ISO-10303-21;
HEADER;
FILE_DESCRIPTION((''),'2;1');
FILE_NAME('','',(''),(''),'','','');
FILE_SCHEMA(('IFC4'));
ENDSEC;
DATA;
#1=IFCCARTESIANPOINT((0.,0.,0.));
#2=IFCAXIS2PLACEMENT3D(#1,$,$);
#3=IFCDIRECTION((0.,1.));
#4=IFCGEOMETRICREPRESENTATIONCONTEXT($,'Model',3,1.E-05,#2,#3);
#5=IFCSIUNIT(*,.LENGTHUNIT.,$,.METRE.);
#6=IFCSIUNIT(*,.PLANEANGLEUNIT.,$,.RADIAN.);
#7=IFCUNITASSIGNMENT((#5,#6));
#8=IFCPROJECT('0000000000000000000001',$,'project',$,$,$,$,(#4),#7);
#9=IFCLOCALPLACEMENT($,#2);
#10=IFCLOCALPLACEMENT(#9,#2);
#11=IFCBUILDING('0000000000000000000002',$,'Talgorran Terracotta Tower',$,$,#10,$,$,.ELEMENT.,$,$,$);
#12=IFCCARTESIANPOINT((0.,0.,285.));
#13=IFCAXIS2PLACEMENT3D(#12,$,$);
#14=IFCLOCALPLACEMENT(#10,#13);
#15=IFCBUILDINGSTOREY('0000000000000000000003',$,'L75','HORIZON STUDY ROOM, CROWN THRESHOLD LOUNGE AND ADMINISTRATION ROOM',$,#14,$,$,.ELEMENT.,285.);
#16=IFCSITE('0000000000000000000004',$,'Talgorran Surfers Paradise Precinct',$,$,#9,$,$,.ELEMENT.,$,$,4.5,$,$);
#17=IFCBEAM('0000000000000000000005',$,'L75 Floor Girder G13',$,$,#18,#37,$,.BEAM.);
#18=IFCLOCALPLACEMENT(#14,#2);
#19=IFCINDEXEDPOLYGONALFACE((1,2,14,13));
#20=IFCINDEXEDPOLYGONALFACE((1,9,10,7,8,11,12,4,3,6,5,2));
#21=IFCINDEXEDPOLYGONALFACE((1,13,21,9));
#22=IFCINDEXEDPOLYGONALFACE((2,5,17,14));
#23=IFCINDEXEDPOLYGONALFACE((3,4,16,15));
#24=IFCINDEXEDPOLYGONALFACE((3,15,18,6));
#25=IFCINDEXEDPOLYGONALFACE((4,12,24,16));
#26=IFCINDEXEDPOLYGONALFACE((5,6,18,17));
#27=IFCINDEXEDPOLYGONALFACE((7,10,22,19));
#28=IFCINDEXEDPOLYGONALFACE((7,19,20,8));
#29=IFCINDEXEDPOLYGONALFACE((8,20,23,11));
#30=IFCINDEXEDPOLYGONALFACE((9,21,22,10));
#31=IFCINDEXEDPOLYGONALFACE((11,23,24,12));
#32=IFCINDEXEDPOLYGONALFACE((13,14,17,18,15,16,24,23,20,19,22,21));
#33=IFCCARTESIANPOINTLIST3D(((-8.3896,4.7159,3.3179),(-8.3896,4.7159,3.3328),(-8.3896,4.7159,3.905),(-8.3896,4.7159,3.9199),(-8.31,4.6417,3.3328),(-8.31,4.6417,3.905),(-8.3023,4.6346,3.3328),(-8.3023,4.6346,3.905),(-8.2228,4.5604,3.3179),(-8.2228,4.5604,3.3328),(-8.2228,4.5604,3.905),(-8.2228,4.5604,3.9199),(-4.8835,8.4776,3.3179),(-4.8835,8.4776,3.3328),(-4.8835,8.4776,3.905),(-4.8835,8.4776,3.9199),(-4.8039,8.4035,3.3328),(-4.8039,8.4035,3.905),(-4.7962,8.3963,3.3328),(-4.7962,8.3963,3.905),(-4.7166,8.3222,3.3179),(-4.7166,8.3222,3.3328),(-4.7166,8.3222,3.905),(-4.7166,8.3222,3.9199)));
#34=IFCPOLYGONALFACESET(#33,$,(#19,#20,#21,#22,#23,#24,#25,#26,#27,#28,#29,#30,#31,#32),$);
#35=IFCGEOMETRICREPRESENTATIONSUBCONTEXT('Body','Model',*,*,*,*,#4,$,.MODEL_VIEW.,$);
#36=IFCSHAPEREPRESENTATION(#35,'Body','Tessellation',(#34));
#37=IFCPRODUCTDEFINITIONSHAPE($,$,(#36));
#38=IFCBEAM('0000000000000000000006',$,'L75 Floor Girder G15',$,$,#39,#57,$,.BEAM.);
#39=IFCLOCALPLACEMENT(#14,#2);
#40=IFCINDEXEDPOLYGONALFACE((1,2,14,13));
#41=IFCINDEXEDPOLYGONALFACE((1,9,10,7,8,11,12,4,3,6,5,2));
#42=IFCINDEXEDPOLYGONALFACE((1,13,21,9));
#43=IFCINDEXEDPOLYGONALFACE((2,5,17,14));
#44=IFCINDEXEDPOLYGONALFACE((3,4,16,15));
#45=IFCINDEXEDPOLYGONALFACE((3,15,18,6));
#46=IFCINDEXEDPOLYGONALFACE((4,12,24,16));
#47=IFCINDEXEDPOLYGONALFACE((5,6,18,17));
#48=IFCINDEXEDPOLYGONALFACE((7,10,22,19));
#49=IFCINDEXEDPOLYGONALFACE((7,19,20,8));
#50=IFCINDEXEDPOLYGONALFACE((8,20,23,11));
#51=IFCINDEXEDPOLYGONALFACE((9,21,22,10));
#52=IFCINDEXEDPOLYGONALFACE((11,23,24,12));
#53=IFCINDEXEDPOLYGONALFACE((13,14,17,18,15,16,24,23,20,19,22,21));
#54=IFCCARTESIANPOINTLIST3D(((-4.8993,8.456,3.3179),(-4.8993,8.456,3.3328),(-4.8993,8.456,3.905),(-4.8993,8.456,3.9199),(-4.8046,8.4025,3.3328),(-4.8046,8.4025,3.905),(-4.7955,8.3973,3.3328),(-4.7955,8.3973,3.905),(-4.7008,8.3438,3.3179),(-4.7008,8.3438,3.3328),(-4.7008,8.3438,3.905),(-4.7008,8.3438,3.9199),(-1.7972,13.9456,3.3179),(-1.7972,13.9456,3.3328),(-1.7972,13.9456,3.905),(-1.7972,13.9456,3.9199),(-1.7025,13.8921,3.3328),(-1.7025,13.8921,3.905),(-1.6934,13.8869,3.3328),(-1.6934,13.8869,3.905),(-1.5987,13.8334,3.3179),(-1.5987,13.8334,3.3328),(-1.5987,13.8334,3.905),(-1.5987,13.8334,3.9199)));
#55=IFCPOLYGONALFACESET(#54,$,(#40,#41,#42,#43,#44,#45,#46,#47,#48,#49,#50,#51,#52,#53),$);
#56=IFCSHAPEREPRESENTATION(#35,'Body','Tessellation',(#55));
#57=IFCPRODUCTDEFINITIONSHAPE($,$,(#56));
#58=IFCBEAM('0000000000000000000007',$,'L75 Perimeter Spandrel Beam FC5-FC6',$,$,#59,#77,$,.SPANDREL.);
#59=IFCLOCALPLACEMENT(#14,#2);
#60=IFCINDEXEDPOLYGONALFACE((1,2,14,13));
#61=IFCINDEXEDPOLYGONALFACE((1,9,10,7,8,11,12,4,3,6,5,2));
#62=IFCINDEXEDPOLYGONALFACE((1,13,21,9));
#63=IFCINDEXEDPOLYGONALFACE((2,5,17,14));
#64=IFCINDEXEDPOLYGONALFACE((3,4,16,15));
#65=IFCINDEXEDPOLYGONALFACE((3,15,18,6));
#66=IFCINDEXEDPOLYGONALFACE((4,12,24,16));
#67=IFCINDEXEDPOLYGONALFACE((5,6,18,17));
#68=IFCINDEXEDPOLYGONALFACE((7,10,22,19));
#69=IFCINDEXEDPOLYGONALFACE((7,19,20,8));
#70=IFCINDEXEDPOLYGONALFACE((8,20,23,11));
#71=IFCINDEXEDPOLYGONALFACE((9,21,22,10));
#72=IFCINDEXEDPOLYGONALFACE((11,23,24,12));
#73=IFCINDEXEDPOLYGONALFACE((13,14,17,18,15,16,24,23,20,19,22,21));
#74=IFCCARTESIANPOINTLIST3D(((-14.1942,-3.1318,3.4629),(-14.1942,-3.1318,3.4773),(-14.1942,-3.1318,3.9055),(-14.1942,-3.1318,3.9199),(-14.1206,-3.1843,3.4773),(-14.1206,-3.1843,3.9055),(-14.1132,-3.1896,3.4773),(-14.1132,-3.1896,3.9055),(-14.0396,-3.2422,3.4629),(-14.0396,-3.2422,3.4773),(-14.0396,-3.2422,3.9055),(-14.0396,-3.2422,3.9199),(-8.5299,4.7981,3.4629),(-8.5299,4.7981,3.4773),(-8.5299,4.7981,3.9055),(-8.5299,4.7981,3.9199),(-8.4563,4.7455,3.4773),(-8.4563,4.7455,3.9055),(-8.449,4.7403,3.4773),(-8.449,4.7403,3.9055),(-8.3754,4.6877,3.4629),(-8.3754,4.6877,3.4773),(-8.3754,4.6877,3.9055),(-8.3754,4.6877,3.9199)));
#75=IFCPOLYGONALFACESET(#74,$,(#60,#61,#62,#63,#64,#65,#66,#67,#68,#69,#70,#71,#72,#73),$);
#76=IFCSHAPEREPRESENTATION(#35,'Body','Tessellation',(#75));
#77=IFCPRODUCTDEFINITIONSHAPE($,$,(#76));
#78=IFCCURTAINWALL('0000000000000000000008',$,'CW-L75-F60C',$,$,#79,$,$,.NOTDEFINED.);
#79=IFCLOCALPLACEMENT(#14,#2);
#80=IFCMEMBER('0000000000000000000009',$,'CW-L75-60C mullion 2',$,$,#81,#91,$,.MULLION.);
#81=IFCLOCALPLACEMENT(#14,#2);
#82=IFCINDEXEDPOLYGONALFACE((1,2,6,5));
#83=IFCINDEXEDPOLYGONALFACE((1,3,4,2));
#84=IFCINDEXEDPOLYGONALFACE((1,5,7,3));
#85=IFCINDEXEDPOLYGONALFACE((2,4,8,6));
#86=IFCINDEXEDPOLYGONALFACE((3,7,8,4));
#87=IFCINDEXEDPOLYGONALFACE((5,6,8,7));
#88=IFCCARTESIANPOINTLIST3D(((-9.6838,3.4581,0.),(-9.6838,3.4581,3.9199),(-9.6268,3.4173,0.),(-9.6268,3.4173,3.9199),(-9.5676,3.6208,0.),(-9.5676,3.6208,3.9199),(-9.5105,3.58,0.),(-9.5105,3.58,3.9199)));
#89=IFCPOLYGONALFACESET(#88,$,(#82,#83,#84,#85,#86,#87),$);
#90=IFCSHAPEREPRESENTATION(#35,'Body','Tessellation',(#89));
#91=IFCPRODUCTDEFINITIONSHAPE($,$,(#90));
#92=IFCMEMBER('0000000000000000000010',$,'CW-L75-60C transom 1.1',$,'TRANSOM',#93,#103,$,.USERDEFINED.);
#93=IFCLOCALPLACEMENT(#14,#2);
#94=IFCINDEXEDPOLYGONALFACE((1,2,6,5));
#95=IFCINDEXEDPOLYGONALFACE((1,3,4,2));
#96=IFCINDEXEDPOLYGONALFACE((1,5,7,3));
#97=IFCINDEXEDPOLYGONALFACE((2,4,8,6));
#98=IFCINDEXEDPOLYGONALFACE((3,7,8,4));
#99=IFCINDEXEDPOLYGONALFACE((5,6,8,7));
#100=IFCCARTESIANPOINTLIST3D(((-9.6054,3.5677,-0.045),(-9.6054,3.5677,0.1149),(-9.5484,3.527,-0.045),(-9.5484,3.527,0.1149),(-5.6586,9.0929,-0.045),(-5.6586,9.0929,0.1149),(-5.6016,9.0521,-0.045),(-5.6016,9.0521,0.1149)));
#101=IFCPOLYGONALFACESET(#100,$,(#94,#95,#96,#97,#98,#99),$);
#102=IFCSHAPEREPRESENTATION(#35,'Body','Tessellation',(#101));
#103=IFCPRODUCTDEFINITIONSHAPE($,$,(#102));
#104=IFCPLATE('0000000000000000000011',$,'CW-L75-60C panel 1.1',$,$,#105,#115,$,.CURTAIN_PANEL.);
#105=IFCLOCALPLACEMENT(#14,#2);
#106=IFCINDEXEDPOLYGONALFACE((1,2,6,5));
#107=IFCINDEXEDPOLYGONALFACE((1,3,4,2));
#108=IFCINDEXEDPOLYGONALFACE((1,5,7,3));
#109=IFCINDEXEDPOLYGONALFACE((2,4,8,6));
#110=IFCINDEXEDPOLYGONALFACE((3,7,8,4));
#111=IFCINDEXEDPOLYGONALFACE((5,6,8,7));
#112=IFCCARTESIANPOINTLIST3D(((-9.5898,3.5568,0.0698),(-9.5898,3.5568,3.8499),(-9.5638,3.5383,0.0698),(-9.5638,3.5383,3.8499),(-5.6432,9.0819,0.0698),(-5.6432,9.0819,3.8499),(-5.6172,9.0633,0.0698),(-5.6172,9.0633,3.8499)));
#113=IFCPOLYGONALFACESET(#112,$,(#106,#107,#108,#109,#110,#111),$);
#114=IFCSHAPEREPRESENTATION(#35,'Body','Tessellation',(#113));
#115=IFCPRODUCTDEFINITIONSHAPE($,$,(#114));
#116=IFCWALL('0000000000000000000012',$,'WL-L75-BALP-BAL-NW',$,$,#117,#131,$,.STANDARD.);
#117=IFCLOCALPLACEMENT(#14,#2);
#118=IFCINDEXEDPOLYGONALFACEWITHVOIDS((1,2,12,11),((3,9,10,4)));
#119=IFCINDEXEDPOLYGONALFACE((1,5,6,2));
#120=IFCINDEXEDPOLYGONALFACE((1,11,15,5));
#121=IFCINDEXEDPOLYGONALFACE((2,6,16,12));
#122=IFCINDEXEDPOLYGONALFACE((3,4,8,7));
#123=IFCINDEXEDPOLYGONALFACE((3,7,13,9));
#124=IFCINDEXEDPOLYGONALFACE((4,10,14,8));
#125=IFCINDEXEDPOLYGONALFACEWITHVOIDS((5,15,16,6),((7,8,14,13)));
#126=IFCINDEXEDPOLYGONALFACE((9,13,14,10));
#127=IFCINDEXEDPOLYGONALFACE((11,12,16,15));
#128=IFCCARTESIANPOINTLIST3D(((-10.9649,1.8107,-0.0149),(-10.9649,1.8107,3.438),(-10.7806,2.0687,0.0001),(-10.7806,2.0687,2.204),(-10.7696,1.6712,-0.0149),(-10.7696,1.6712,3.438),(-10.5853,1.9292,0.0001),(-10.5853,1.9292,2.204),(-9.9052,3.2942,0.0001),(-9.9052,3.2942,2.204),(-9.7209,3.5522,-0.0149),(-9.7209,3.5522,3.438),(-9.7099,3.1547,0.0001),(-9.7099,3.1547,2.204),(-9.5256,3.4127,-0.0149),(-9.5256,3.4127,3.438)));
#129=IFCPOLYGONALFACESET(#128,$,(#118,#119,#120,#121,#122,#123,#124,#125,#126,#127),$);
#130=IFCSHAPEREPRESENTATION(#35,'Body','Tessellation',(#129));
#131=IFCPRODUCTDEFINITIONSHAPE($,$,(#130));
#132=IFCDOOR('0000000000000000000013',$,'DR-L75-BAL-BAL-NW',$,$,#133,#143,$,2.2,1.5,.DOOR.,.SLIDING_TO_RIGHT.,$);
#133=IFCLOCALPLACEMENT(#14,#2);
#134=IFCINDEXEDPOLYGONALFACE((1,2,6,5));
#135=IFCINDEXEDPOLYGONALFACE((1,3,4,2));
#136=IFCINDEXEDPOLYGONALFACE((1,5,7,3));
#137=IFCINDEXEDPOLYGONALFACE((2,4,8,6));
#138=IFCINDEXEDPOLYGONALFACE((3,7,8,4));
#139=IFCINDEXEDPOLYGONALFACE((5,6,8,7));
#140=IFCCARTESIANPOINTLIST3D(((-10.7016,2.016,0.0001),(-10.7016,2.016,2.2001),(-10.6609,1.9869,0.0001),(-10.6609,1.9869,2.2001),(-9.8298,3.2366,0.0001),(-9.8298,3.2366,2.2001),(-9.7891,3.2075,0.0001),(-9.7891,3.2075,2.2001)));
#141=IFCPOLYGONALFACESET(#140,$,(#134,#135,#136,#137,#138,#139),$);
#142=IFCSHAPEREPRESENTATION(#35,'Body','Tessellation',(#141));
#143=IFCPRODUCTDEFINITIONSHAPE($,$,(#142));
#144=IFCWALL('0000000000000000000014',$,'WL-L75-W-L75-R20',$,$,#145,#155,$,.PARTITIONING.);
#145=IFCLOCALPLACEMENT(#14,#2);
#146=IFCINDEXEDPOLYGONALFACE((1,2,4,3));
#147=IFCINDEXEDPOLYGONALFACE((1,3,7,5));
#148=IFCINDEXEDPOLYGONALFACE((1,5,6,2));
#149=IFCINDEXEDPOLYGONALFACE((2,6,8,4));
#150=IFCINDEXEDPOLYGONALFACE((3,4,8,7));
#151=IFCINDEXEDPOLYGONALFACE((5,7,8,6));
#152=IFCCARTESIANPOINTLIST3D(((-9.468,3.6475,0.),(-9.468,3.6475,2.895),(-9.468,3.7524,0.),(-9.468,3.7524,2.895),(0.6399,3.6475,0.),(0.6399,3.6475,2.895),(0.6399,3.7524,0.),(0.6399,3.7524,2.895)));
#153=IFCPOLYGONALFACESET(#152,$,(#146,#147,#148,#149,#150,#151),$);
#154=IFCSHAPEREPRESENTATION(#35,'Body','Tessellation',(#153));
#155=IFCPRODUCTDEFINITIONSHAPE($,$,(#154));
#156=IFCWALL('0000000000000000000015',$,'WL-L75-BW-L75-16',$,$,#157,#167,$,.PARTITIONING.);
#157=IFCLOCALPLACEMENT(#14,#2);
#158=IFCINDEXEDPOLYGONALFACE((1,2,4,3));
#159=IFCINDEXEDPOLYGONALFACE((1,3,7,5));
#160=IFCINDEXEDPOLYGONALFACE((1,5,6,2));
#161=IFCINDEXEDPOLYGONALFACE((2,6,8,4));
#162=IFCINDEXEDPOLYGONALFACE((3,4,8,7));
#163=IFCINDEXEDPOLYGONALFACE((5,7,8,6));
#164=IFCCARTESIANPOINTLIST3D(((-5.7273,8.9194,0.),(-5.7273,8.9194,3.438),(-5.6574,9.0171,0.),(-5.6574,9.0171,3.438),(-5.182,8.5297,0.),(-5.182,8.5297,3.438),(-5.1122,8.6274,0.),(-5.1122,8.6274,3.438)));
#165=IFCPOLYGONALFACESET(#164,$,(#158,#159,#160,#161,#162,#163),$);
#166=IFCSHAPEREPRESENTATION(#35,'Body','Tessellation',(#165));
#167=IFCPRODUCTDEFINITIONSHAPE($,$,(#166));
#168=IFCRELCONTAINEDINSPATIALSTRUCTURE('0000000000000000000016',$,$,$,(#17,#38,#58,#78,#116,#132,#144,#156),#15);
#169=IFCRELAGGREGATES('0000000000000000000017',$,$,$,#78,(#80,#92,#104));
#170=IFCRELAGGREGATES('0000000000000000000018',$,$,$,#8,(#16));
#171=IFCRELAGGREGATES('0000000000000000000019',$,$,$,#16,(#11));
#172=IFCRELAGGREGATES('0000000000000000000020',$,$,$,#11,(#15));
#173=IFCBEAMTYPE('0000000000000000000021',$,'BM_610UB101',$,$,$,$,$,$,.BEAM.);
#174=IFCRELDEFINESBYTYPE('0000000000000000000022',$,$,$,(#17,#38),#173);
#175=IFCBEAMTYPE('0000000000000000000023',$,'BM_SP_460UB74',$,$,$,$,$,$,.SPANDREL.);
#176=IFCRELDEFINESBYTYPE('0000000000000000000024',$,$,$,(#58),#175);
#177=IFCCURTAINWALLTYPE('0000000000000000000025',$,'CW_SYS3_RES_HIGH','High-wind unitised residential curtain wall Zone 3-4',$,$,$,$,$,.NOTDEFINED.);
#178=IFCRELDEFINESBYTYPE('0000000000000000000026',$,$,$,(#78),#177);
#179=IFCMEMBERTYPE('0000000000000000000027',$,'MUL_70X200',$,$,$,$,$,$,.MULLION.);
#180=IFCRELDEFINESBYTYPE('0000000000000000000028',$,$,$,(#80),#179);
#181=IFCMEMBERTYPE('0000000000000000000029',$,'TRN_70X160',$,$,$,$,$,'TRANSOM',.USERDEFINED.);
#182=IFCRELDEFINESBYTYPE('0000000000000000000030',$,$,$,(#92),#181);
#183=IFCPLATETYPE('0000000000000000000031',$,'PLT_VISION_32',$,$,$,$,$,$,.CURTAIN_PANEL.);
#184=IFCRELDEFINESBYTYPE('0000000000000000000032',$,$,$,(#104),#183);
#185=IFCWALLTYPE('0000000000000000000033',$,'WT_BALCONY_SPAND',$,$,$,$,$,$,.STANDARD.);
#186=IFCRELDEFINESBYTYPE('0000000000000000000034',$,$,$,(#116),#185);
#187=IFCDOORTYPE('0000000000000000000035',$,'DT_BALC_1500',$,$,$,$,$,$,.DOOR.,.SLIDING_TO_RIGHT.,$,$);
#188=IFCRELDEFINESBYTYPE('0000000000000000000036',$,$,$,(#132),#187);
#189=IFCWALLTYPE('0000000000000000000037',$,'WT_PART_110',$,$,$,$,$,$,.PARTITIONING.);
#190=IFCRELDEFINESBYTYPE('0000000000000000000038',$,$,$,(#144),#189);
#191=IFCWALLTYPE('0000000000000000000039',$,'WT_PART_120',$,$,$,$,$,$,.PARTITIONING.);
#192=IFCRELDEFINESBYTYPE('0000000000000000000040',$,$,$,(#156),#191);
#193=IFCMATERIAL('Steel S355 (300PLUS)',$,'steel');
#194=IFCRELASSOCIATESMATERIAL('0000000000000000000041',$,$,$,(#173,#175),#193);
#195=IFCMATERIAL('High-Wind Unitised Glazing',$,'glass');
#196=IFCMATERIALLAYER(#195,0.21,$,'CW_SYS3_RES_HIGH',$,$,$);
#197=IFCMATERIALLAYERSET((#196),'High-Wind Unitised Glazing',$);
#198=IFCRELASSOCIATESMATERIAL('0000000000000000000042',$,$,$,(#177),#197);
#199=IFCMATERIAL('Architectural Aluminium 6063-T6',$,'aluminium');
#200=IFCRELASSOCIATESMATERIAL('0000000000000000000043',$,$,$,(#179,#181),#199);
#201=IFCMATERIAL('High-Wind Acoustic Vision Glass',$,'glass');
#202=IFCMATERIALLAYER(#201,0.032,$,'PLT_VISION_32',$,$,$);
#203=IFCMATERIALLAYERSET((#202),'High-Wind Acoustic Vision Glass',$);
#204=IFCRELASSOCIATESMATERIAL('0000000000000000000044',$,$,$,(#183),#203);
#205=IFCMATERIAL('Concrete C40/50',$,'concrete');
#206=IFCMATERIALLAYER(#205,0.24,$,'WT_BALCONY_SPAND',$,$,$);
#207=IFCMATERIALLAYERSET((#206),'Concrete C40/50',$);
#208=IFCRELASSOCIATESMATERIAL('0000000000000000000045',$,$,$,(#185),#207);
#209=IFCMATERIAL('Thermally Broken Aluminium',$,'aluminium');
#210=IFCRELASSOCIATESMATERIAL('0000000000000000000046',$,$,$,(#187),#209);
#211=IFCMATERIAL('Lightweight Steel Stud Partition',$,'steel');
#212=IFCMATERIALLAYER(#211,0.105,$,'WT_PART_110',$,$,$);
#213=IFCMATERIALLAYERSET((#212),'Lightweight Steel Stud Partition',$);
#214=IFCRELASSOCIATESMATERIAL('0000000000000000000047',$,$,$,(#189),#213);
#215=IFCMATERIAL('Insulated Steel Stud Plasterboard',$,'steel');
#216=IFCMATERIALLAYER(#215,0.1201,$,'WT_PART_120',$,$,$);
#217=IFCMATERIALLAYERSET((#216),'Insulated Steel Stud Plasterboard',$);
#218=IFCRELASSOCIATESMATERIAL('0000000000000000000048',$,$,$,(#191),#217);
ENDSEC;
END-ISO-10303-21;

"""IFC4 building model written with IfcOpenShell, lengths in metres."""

from ifc_helpers import new_model, si_unit, direction, frame, frame_2d, origin, origin_2d, place, context, subcontext, project, spatial, rectangle, i_section, extrude, source, transform, mapped, material, layer, layer_set, material_profile, profile_set, type_object, type_shapes, element, fill, aggregate, save


model = new_model("IFC4")

# Units and contexts
model_context = context("Model", 3, precision=1e-05, world=origin(), true_north=direction((0.0, 1.0)))
body_context = subcontext(model_context, "Body", "Model", "MODEL_VIEW")
ifc_project = project(units=[si_unit("LENGTHUNIT", "METRE"), si_unit("PLANEANGLEUNIT", "RADIAN")], contexts=[model_context])

# Site, building, storey
site_placement = place(None, origin())
site = spatial("IfcSite", under=ifc_project, at=site_placement, Name="Talgorran Surfers Paradise Precinct", CompositionType="ELEMENT", RefElevation=4.5)
building_placement = place(site_placement, origin())
building = spatial("IfcBuilding", under=site, at=building_placement, Name="Talgorran Terracotta Tower", CompositionType="ELEMENT")
storey_placement = place(building_placement, frame((0.0, 0.0, 285.0)))
storey = spatial("IfcBuildingStorey", under=building, at=storey_placement, Name="L75", Description="HORIZON STUDY ROOM, CROWN THRESHOLD LOUNGE AND ADMINISTRATION ROOM", CompositionType="ELEMENT", Elevation=285.0)

# Shared definitions
ifc_material_1 = material(Name="Steel S355 (300PLUS)", Category="steel")

# Beams
ifc_material_profile_1 = material_profile(ifc_material_1, i_section(OverallWidth=0.228, OverallDepth=0.6021, WebThickness=0.0105, FlangeThickness=0.0149, at=origin_2d()), Name="610UB101")
ifc_profile_set_1 = profile_set([ifc_material_profile_1], Name="Steel S355 (300PLUS)")
beam_type_1 = type_object("IfcBeamType", Name="BM_610UB101", PredefinedType="BEAM", material=ifc_profile_set_1)
beam_1_placement = place(storey_placement, frame((-4.8, 8.3999, 3.6189), z_axis=(-0.681816, -0.731524, 0.0), x_axis=(0.731524, -0.681816, 0.0)))
element("IfcBeam", 1, at=beam_1_placement, inside=storey, type_object=beam_type_1, Name="L75 Floor Girder G13", PredefinedType="BEAM", context=body_context, shape_type="SweptSolid", body=[
    extrude(i_section(OverallWidth=0.228, OverallDepth=0.6021, WebThickness=0.0105, FlangeThickness=0.0149, at=origin_2d()), origin(), (0.0, 0.0, 1.0), 5.1423),
])
beam_2_placement = place(storey_placement, frame((-4.8, 8.3999, 3.6189), z_axis=(0.491972, 0.870611, 0.0), x_axis=(-0.870611, 0.491972, 0.0)))
element("IfcBeam", 2, at=beam_2_placement, inside=storey, type_object=beam_type_1, Name="L75 Floor Girder G15", PredefinedType="BEAM", context=body_context, shape_type="SweptSolid", body=[
    extrude(i_section(OverallWidth=0.228, OverallDepth=0.6021, WebThickness=0.0105, FlangeThickness=0.0149, at=origin_2d()), origin(), (0.0, 0.0, 1.0), 6.3054),
])
ifc_material_profile_2 = material_profile(ifc_material_1, i_section(OverallWidth=0.1899, OverallDepth=0.457, WebThickness=0.009, FlangeThickness=0.0144, at=origin_2d()), Name="460UB74.6")
ifc_profile_set_2 = profile_set([ifc_material_profile_2], Name="Steel S355 (300PLUS)")
beam_type_2 = type_object("IfcBeamType", Name="BM_SP_460UB74", PredefinedType="SPANDREL", material=ifc_profile_set_2)
beam_3_placement = place(storey_placement, frame((-8.4526, 4.7429, 3.6914), z_axis=(-0.581243, -0.81373, 0.0), x_axis=(0.81373, -0.581243, 0.0)))
element("IfcBeam", 3, at=beam_3_placement, inside=storey, type_object=beam_type_2, Name="L75 Perimeter Spandrel Beam FC5-FC6", PredefinedType="SPANDREL", context=body_context, shape_type="SweptSolid", body=[
    extrude(i_section(OverallWidth=0.1899, OverallDepth=0.457, WebThickness=0.009, FlangeThickness=0.0144, at=origin_2d()), origin(), (0.0, 0.0, 1.0), 9.7451),
])

# Curtain wall, members, plate
ifc_material_2 = material(Name="High-Wind Unitised Glazing", Category="glass")
ifc_layer_1 = layer(ifc_material_2, 0.21, Name="CW_SYS3_RES_HIGH")
ifc_layer_set_1 = layer_set([ifc_layer_1], Name="High-Wind Unitised Glazing")
curtain_wall_type = type_object("IfcCurtainWallType", Name="CW_SYS3_RES_HIGH", Description="High-wind unitised residential curtain wall Zone 3-4", PredefinedType="NOTDEFINED", material=ifc_layer_set_1)
curtain_wall_placement = place(storey_placement, origin())
curtain_wall = element("IfcCurtainWall", 4, at=curtain_wall_placement, inside=storey, type_object=curtain_wall_type, Name="CW-L75-F60C", PredefinedType="NOTDEFINED")
ifc_material_3 = material(Name="Architectural Aluminium 6063-T6", Category="aluminium")
ifc_material_profile_3 = material_profile(ifc_material_3, rectangle(XDim=0.0701, YDim=0.2, at=origin_2d()), Name="CWM70X200")
ifc_profile_set_3 = profile_set([ifc_material_profile_3], Name="Architectural Aluminium 6063-T6")
member_type_1 = type_object("IfcMemberType", Name="MUL_70X200", PredefinedType="MULLION", material=ifc_profile_set_3)
member_1_placement = place(storey_placement, frame((-9.5972, 3.519, 0.0), z_axis=(0.0, 0.0, 1.0), x_axis=(0.813724, -0.581252, 0.0)))
member_1 = element("IfcMember", 5, at=member_1_placement, type_object=member_type_1, Name="CW-L75-60C mullion 2", PredefinedType="MULLION", context=body_context, shape_type="SweptSolid", body=[
    extrude(rectangle(XDim=0.0701, YDim=0.2, at=origin_2d()), origin(), (0.0, 0.0, 1.0), 3.9199),
])
ifc_material_profile_4 = material_profile(ifc_material_3, rectangle(XDim=0.0701, YDim=0.1599, at=origin_2d()), Name="CWT70X160")
ifc_profile_set_4 = profile_set([ifc_material_profile_4], Name="Architectural Aluminium 6063-T6")
member_type_2 = type_object("IfcMemberType", Name="TRN_70X160", ElementType="TRANSOM", PredefinedType="USERDEFINED", material=ifc_profile_set_4)
member_2_placement = place(storey_placement, frame((-5.6301, 9.0725, 0.0349), z_axis=(-0.581262, -0.813716, 0.0), x_axis=(0.813716, -0.581262, 0.0)))
member_2 = element("IfcMember", 6, at=member_2_placement, type_object=member_type_2, Name="CW-L75-60C transom 1.1", ObjectType="TRANSOM", PredefinedType="USERDEFINED", context=body_context, shape_type="SweptSolid", body=[
    extrude(rectangle(XDim=0.0701, YDim=0.1599, at=origin_2d()), origin(), (0.0, 0.0, 1.0), 6.79),
])
ifc_material_4 = material(Name="High-Wind Acoustic Vision Glass", Category="glass")
ifc_layer_2 = layer(ifc_material_4, 0.032, Name="PLT_VISION_32")
ifc_layer_set_2 = layer_set([ifc_layer_2], Name="High-Wind Acoustic Vision Glass")
plate_type = type_object("IfcPlateType", Name="PLT_VISION_32", PredefinedType="CURTAIN_PANEL", material=ifc_layer_set_2)
shared_shape = source(origin(), body_context, "Body", "SweptSolid", [
    extrude(rectangle(XDim=6.7898, YDim=0.032, at=origin_2d()), origin(), (0.0, 0.0, 1.0), 3.78),
])
type_shapes(plate_type, [shared_shape])
plate_placement = place(storey_placement, frame((-7.6035, 6.3101, 0.0698), z_axis=(0.0, 0.0, 1.0), x_axis=(-0.581252, -0.813724, 0.0)))
plate = element("IfcPlate", 7, at=plate_placement, type_object=plate_type, Name="CW-L75-60C panel 1.1", PredefinedType="CURTAIN_PANEL", context=body_context, shape_type="MappedRepresentation", body=[
    mapped(shared_shape, transform((0.0, 0.0, 0.0), scale=1.0)),
])
aggregate(curtain_wall, [member_1, member_2, plate])

# Wall, opening, door
ifc_material_5 = material(Name="Concrete C40/50", Category="concrete")
ifc_layer_3 = layer(ifc_material_5, 0.24, Name="WT_BALCONY_SPAND")
ifc_layer_set_3 = layer_set([ifc_layer_3], Name="Concrete C40/50")
wall_type_1 = type_object("IfcWallType", Name="WT_BALCONY_SPAND", PredefinedType="STANDARD", material=ifc_layer_set_3)
wall_1_placement = place(storey_placement, frame((-9.6233, 3.4824, -0.0149), z_axis=(0.0, 0.0, 1.0), x_axis=(-0.581238, -0.813733, 0.0)))
wall_1 = element("IfcWall", 8, at=wall_1_placement, inside=storey, type_object=wall_type_1, Name="WL-L75-BALP-BAL-NW", PredefinedType="STANDARD", context=body_context, shape_type="SweptSolid", body=[
    extrude(rectangle(XDim=2.1401, YDim=0.24, at=frame_2d((1.0701, 0.0))), origin(), (0.0, 0.0, 1.0), 3.4529),
])
opening_placement = place(wall_1_placement, frame((0.3201, 0.0, 0.0149)))
opening = element("IfcOpeningElement", 9, at=opening_placement, cuts=wall_1, PredefinedType="OPENING", context=body_context, shape_type="SweptSolid", body=[
    extrude(rectangle(XDim=1.506, YDim=2.204, at=frame_2d((0.75, 1.1021))), frame((0.0, 0.1299, 0.0), z_axis=(0.0, -1.0, 0.0), x_axis=(1.0, 0.0, 0.0)), (0.0, 0.0, 1.0), 0.26),
])
ifc_material_6 = material(Name="Thermally Broken Aluminium", Category="aluminium")
door_type = type_object("IfcDoorType", Name="DT_BALC_1500", OperationType="SLIDING_TO_RIGHT", PredefinedType="DOOR", material=ifc_material_6)
door_placement = place(opening_placement, origin())
door = element("IfcDoor", 10, at=door_placement, inside=storey, type_object=door_type, Name="DR-L75-BAL-BAL-NW", OperationType="SLIDING_TO_RIGHT", OverallHeight=2.2, OverallWidth=1.5, PredefinedType="DOOR", context=body_context, shape_type="SweptSolid", body=[
    extrude(rectangle(XDim=1.5, YDim=2.2, at=frame_2d((0.75, 1.1001))), frame((0.0, 0.0249, 0.0), z_axis=(0.0, -1.0, 0.0), x_axis=(1.0, 0.0, 0.0)), (0.0, 0.0, 1.0), 0.05),
])
fill(opening, door)

# Walls
ifc_material_7 = material(Name="Lightweight Steel Stud Partition", Category="steel")
ifc_layer_4 = layer(ifc_material_7, 0.105, Name="WT_PART_110")
ifc_layer_set_4 = layer_set([ifc_layer_4], Name="Lightweight Steel Stud Partition")
wall_type_2 = type_object("IfcWallType", Name="WT_PART_110", PredefinedType="PARTITIONING", material=ifc_layer_set_4)
wall_2_placement = place(storey_placement, frame((-9.468, 3.7, 0.0), z_axis=(0.0, 0.0, 1.0), x_axis=(1.0, 0.0, 0.0)))
element("IfcWall", 11, at=wall_2_placement, inside=storey, type_object=wall_type_2, Name="WL-L75-W-L75-R20", PredefinedType="PARTITIONING", context=body_context, shape_type="SweptSolid", body=[
    extrude(rectangle(XDim=10.1079, YDim=0.105, at=frame_2d((5.054, 0.0))), origin(), (0.0, 0.0, 1.0), 2.895),
])
ifc_material_8 = material(Name="Insulated Steel Stud Plasterboard", Category="steel")
ifc_layer_5 = layer(ifc_material_8, 0.1201, Name="WT_PART_120")
ifc_layer_set_5 = layer_set([ifc_layer_5], Name="Insulated Steel Stud Plasterboard")
wall_type_3 = type_object("IfcWallType", Name="WT_PART_120", PredefinedType="PARTITIONING", material=ifc_layer_set_5)
wall_3_placement = place(storey_placement, frame((-5.1472, 8.5786, 0.0), z_axis=(0.0, 0.0, 1.0), x_axis=(-0.813561, 0.581479, 0.0)))
element("IfcWall", 12, at=wall_3_placement, inside=storey, type_object=wall_type_3, Name="WL-L75-BW-L75-16", PredefinedType="PARTITIONING", context=body_context, shape_type="SweptSolid", body=[
    extrude(rectangle(XDim=0.6702, YDim=0.1201, at=frame_2d((0.335, 0.0))), origin(), (0.0, 0.0, 1.0), 3.438),
])

save(model, "model.ifc")
